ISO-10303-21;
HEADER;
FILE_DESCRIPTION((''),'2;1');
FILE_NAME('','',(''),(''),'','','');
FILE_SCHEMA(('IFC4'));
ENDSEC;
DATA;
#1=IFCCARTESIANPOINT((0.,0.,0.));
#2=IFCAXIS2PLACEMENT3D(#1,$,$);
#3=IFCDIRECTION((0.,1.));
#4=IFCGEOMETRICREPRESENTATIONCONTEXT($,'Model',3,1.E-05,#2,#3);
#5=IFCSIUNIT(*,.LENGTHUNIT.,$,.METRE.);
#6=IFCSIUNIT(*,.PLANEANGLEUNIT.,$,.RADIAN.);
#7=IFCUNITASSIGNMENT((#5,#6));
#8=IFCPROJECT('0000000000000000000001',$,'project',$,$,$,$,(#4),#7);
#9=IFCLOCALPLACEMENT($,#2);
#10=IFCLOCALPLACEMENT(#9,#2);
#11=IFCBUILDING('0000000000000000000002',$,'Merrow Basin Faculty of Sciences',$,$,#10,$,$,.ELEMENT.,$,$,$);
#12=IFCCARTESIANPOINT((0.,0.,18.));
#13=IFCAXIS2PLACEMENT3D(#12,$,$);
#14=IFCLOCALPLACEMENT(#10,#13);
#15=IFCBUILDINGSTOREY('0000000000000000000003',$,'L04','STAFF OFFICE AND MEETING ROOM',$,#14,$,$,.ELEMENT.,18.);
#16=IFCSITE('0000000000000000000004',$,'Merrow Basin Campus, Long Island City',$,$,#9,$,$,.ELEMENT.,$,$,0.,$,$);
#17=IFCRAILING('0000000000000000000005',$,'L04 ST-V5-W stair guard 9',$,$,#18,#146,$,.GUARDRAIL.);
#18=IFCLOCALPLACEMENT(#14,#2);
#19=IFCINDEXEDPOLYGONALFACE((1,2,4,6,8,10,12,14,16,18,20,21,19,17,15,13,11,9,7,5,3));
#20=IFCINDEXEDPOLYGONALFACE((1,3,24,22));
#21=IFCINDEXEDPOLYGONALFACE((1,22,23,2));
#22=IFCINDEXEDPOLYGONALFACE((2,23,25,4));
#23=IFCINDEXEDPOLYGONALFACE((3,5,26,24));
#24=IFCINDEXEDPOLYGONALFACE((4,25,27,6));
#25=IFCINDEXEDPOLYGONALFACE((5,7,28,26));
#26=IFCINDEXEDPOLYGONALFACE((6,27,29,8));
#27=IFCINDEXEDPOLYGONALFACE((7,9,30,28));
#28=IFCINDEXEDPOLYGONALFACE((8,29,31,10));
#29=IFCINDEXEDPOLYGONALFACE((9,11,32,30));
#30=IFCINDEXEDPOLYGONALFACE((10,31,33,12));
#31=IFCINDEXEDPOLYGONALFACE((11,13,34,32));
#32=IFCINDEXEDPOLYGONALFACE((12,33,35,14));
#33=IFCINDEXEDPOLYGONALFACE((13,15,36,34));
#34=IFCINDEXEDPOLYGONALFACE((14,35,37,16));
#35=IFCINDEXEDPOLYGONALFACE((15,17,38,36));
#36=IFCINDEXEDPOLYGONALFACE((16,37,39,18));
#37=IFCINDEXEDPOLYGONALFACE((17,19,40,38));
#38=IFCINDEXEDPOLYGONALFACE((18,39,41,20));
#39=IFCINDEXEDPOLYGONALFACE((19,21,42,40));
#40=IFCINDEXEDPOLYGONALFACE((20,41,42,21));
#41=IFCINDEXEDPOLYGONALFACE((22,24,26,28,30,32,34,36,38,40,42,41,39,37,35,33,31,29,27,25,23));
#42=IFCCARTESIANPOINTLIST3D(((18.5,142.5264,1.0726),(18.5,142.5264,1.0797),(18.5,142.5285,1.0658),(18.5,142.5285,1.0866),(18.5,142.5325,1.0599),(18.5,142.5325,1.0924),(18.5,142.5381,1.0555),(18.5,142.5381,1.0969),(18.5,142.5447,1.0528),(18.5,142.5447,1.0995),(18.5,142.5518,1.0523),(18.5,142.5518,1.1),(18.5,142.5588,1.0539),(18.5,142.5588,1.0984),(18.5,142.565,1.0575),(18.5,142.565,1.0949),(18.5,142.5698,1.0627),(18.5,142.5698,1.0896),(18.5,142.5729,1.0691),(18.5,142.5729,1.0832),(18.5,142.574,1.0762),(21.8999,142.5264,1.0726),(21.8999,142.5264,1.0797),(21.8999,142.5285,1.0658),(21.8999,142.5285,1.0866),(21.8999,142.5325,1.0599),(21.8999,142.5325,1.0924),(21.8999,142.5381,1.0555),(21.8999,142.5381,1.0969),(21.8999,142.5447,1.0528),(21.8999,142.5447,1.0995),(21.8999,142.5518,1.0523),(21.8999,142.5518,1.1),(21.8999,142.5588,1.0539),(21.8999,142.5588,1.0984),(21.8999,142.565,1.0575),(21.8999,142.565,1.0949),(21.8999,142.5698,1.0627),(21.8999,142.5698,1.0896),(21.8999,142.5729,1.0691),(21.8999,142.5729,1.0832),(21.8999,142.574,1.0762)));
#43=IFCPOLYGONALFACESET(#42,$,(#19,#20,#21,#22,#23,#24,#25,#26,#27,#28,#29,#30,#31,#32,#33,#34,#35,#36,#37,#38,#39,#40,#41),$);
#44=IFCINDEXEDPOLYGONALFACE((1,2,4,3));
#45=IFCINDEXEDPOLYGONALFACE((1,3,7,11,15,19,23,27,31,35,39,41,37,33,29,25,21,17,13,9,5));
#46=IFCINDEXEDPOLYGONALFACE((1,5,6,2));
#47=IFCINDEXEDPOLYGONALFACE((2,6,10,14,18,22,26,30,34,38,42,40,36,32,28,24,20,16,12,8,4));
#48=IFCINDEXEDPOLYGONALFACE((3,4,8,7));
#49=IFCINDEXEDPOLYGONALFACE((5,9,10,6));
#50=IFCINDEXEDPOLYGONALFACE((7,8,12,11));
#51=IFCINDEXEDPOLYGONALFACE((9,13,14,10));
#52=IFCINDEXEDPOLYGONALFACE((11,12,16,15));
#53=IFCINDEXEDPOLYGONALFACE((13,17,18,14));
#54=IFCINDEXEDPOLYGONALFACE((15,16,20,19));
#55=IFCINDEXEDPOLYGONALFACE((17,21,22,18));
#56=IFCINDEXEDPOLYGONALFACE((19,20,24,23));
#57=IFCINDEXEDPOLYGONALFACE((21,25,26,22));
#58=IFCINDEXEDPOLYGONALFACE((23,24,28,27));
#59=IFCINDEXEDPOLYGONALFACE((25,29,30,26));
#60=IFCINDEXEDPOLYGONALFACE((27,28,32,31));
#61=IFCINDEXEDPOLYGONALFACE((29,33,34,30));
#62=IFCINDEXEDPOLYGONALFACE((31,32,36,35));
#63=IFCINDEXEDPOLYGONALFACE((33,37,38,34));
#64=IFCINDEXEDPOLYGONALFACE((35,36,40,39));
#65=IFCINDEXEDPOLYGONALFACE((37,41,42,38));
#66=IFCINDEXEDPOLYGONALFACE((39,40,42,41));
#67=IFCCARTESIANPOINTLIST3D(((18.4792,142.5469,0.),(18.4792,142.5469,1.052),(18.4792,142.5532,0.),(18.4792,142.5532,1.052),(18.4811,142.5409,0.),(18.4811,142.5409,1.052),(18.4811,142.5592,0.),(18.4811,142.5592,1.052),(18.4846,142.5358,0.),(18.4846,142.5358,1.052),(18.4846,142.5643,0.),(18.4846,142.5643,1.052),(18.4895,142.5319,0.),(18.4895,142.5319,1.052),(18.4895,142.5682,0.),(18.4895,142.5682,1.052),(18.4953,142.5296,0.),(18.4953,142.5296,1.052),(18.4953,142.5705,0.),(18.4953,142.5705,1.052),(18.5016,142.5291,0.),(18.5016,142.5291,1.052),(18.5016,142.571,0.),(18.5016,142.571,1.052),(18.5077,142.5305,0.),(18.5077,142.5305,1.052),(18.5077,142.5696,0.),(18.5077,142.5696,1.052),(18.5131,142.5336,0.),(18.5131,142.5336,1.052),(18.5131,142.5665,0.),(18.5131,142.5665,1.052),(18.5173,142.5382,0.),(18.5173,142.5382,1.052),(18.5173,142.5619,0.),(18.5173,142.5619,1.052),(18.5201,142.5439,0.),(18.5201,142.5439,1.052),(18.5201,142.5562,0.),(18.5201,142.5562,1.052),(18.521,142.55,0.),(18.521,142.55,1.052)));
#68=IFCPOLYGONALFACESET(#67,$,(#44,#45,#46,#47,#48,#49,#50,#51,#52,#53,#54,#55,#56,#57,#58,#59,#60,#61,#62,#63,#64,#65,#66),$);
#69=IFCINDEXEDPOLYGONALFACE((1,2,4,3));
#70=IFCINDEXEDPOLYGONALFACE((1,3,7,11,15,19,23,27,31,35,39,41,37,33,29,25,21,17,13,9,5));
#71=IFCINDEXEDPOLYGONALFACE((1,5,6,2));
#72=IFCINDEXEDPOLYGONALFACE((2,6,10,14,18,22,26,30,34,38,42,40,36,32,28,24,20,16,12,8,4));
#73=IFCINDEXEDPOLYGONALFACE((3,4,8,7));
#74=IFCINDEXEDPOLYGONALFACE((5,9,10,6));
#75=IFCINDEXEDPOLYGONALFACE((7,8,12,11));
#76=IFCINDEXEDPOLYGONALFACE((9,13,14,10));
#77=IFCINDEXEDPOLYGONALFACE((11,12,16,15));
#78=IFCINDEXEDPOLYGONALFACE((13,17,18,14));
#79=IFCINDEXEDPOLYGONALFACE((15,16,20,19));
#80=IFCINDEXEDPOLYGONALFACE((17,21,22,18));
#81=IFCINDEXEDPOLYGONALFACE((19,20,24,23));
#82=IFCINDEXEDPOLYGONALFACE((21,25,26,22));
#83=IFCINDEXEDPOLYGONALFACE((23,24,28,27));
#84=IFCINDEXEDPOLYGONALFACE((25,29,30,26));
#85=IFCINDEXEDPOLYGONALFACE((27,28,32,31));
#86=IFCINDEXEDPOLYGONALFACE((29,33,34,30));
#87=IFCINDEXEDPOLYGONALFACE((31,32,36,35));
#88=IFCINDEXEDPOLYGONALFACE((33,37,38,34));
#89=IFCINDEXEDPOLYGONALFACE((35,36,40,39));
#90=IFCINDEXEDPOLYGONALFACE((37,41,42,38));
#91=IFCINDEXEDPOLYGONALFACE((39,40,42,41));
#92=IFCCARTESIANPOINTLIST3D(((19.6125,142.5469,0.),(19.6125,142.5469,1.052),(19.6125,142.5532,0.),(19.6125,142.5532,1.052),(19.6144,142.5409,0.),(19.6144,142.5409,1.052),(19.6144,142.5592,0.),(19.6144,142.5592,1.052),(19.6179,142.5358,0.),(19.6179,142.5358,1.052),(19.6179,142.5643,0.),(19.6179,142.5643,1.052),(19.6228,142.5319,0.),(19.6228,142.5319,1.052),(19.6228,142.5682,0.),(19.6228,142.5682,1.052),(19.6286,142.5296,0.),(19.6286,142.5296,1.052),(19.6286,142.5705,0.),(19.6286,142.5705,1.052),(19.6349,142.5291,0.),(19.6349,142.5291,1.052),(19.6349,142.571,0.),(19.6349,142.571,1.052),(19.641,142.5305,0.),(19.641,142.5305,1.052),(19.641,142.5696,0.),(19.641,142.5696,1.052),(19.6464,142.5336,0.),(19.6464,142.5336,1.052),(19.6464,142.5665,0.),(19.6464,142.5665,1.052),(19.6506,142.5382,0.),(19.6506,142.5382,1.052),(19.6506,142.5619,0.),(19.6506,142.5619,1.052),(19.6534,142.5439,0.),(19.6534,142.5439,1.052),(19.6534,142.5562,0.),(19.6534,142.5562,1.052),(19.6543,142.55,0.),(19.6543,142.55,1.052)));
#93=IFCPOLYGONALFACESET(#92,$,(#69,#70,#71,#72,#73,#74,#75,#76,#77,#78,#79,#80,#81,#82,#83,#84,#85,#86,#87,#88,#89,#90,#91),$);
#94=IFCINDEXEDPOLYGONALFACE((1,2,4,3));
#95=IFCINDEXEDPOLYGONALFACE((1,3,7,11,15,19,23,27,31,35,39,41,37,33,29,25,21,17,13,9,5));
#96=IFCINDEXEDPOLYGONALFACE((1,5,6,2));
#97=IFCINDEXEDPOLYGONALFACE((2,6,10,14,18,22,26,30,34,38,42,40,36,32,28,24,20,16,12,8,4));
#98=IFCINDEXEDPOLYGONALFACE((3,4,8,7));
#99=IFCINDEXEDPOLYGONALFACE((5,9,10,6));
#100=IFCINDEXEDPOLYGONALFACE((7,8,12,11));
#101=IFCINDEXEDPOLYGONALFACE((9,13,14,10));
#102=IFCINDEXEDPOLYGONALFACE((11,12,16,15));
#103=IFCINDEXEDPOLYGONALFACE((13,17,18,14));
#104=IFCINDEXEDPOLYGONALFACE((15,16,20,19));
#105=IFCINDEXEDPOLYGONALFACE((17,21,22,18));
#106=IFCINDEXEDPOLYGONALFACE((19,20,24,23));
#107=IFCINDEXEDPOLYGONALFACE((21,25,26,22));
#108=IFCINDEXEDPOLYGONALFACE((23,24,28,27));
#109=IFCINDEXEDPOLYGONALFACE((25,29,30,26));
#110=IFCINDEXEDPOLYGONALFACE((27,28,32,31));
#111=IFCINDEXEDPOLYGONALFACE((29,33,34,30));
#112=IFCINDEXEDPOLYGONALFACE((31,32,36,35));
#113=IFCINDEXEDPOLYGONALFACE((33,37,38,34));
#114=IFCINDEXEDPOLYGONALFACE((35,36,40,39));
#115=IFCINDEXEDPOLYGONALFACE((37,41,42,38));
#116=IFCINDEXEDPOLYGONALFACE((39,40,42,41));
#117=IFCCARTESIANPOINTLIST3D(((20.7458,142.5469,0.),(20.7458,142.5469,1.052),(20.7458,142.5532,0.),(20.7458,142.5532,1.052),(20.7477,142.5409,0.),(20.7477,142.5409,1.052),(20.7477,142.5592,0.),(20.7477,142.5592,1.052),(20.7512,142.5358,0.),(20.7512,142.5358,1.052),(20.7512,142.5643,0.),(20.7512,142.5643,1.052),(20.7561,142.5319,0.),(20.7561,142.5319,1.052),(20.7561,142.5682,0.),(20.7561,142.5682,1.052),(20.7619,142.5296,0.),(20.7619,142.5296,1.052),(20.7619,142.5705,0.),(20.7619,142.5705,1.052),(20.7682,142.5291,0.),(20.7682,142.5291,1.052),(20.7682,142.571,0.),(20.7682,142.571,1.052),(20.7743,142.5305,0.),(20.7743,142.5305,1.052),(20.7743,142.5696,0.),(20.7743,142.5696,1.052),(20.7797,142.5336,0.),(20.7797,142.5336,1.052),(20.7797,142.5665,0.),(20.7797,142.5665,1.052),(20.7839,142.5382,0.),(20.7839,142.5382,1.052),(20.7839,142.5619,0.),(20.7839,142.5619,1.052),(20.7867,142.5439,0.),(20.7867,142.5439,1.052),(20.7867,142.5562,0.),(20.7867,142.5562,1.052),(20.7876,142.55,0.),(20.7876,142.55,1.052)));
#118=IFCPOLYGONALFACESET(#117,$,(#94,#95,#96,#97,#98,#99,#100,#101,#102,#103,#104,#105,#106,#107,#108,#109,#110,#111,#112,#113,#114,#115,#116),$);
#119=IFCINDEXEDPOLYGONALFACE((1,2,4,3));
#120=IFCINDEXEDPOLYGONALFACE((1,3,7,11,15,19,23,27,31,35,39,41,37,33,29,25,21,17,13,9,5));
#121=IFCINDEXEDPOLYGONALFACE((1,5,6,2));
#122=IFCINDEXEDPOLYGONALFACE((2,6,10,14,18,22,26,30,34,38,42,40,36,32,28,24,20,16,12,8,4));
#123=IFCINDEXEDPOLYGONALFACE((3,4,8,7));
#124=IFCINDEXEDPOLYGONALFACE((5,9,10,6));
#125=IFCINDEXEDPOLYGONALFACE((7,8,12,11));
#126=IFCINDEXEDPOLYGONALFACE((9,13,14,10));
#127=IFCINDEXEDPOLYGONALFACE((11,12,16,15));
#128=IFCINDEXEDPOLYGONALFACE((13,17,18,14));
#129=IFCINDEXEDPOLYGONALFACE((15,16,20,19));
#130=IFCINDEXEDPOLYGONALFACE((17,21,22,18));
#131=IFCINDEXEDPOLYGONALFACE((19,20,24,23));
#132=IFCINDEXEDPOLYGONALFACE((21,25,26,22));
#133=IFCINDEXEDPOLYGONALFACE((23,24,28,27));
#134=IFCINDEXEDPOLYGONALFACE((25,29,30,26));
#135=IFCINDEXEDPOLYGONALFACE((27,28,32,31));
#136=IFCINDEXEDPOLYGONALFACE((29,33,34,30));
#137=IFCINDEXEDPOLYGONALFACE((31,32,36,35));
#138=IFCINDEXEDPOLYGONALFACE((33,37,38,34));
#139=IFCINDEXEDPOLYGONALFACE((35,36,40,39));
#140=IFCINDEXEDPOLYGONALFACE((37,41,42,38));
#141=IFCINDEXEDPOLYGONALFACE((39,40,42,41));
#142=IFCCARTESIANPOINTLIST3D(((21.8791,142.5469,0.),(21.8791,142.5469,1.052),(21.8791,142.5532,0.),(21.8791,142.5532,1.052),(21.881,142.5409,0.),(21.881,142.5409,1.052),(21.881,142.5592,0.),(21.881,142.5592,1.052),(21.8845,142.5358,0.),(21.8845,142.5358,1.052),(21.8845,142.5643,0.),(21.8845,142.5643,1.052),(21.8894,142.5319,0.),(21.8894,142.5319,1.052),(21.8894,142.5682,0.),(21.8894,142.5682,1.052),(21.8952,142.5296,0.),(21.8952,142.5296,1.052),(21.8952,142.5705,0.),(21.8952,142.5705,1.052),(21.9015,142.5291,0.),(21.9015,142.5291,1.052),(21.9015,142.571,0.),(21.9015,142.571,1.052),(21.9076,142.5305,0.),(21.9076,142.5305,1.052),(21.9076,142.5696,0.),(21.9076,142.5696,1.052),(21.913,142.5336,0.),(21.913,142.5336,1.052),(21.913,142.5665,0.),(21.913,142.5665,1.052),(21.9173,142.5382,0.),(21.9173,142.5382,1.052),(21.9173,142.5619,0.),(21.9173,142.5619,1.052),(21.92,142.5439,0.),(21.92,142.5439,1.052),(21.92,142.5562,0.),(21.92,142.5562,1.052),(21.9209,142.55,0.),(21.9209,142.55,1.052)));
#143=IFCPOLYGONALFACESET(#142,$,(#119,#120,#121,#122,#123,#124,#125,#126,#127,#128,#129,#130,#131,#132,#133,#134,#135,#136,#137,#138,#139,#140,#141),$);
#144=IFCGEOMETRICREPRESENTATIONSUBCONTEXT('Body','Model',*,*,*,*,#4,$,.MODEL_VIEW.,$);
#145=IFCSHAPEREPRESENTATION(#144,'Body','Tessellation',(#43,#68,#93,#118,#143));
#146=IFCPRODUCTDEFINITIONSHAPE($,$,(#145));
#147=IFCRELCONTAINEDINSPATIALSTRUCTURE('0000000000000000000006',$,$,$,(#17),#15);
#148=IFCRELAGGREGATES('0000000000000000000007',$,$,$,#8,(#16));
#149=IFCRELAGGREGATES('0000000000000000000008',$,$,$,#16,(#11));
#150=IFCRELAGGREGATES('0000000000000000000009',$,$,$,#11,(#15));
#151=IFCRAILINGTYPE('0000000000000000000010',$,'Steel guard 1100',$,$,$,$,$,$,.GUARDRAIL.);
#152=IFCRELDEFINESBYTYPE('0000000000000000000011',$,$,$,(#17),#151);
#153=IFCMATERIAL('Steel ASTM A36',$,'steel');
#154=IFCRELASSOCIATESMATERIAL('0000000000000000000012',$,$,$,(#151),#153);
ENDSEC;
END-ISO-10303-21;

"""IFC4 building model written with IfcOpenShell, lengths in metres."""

from ifc_helpers import new_model, si_unit, direction, frame, origin, origin_2d, place, context, subcontext, project, spatial, circle, extrude, material, type_object, element, save


model = new_model("IFC4")

# Units and contexts
model_context = context("Model", 3, precision=1e-05, world=origin(), true_north=direction((0.0, 1.0)))
body_context = subcontext(model_context, "Body", "Model", "MODEL_VIEW")
ifc_project = project(units=[si_unit("LENGTHUNIT", "METRE"), si_unit("PLANEANGLEUNIT", "RADIAN")], contexts=[model_context])

# Site, building, storey
site_placement = place(None, origin())
site = spatial("IfcSite", under=ifc_project, at=site_placement, Name="Merrow Basin Campus, Long Island City", CompositionType="ELEMENT", RefElevation=0.0)
building_placement = place(site_placement, origin())
building = spatial("IfcBuilding", under=site, at=building_placement, Name="Merrow Basin Faculty of Sciences", CompositionType="ELEMENT")
storey_placement = place(building_placement, frame((0.0, 0.0, 18.0)))
storey = spatial("IfcBuildingStorey", under=building, at=storey_placement, Name="L04", Description="STAFF OFFICE AND MEETING ROOM", CompositionType="ELEMENT", Elevation=18.0)

# Railing
ifc_material_1 = material(Name="Steel ASTM A36", Category="steel")
railing_type_1 = type_object("IfcRailingType", Name="Steel guard 1100", PredefinedType="GUARDRAIL", material=ifc_material_1)
railing_1_placement = place(storey_placement, frame((18.5, 142.55, 0.0)))
element("IfcRailing", 1, at=railing_1_placement, inside=storey, type_object=railing_type_1, Name="L04 ST-V5-W stair guard 9", PredefinedType="GUARDRAIL", context=body_context, shape_type="SweptSolid", body=[
    extrude(circle(Radius=0.0239, at=origin_2d()), frame((0.0, 0.0, 1.0762), z_axis=(1.0, 0.0, 0.0), x_axis=(0.0, 1.0, 0.0)), (0.0, 0.0, 1.0), 3.3999),
    extrude(circle(Radius=0.021, at=origin_2d()), origin(), (0.0, 0.0, 1.0), 1.052),
    extrude(circle(Radius=0.021, at=origin_2d()), frame((1.1333, 0.0, 0.0)), (0.0, 0.0, 1.0), 1.052),
    extrude(circle(Radius=0.021, at=origin_2d()), frame((2.2666, 0.0, 0.0)), (0.0, 0.0, 1.0), 1.052),
    extrude(circle(Radius=0.021, at=origin_2d()), frame((3.3999, 0.0, 0.0)), (0.0, 0.0, 1.0), 1.052),
])

save(model, "model.ifc")
